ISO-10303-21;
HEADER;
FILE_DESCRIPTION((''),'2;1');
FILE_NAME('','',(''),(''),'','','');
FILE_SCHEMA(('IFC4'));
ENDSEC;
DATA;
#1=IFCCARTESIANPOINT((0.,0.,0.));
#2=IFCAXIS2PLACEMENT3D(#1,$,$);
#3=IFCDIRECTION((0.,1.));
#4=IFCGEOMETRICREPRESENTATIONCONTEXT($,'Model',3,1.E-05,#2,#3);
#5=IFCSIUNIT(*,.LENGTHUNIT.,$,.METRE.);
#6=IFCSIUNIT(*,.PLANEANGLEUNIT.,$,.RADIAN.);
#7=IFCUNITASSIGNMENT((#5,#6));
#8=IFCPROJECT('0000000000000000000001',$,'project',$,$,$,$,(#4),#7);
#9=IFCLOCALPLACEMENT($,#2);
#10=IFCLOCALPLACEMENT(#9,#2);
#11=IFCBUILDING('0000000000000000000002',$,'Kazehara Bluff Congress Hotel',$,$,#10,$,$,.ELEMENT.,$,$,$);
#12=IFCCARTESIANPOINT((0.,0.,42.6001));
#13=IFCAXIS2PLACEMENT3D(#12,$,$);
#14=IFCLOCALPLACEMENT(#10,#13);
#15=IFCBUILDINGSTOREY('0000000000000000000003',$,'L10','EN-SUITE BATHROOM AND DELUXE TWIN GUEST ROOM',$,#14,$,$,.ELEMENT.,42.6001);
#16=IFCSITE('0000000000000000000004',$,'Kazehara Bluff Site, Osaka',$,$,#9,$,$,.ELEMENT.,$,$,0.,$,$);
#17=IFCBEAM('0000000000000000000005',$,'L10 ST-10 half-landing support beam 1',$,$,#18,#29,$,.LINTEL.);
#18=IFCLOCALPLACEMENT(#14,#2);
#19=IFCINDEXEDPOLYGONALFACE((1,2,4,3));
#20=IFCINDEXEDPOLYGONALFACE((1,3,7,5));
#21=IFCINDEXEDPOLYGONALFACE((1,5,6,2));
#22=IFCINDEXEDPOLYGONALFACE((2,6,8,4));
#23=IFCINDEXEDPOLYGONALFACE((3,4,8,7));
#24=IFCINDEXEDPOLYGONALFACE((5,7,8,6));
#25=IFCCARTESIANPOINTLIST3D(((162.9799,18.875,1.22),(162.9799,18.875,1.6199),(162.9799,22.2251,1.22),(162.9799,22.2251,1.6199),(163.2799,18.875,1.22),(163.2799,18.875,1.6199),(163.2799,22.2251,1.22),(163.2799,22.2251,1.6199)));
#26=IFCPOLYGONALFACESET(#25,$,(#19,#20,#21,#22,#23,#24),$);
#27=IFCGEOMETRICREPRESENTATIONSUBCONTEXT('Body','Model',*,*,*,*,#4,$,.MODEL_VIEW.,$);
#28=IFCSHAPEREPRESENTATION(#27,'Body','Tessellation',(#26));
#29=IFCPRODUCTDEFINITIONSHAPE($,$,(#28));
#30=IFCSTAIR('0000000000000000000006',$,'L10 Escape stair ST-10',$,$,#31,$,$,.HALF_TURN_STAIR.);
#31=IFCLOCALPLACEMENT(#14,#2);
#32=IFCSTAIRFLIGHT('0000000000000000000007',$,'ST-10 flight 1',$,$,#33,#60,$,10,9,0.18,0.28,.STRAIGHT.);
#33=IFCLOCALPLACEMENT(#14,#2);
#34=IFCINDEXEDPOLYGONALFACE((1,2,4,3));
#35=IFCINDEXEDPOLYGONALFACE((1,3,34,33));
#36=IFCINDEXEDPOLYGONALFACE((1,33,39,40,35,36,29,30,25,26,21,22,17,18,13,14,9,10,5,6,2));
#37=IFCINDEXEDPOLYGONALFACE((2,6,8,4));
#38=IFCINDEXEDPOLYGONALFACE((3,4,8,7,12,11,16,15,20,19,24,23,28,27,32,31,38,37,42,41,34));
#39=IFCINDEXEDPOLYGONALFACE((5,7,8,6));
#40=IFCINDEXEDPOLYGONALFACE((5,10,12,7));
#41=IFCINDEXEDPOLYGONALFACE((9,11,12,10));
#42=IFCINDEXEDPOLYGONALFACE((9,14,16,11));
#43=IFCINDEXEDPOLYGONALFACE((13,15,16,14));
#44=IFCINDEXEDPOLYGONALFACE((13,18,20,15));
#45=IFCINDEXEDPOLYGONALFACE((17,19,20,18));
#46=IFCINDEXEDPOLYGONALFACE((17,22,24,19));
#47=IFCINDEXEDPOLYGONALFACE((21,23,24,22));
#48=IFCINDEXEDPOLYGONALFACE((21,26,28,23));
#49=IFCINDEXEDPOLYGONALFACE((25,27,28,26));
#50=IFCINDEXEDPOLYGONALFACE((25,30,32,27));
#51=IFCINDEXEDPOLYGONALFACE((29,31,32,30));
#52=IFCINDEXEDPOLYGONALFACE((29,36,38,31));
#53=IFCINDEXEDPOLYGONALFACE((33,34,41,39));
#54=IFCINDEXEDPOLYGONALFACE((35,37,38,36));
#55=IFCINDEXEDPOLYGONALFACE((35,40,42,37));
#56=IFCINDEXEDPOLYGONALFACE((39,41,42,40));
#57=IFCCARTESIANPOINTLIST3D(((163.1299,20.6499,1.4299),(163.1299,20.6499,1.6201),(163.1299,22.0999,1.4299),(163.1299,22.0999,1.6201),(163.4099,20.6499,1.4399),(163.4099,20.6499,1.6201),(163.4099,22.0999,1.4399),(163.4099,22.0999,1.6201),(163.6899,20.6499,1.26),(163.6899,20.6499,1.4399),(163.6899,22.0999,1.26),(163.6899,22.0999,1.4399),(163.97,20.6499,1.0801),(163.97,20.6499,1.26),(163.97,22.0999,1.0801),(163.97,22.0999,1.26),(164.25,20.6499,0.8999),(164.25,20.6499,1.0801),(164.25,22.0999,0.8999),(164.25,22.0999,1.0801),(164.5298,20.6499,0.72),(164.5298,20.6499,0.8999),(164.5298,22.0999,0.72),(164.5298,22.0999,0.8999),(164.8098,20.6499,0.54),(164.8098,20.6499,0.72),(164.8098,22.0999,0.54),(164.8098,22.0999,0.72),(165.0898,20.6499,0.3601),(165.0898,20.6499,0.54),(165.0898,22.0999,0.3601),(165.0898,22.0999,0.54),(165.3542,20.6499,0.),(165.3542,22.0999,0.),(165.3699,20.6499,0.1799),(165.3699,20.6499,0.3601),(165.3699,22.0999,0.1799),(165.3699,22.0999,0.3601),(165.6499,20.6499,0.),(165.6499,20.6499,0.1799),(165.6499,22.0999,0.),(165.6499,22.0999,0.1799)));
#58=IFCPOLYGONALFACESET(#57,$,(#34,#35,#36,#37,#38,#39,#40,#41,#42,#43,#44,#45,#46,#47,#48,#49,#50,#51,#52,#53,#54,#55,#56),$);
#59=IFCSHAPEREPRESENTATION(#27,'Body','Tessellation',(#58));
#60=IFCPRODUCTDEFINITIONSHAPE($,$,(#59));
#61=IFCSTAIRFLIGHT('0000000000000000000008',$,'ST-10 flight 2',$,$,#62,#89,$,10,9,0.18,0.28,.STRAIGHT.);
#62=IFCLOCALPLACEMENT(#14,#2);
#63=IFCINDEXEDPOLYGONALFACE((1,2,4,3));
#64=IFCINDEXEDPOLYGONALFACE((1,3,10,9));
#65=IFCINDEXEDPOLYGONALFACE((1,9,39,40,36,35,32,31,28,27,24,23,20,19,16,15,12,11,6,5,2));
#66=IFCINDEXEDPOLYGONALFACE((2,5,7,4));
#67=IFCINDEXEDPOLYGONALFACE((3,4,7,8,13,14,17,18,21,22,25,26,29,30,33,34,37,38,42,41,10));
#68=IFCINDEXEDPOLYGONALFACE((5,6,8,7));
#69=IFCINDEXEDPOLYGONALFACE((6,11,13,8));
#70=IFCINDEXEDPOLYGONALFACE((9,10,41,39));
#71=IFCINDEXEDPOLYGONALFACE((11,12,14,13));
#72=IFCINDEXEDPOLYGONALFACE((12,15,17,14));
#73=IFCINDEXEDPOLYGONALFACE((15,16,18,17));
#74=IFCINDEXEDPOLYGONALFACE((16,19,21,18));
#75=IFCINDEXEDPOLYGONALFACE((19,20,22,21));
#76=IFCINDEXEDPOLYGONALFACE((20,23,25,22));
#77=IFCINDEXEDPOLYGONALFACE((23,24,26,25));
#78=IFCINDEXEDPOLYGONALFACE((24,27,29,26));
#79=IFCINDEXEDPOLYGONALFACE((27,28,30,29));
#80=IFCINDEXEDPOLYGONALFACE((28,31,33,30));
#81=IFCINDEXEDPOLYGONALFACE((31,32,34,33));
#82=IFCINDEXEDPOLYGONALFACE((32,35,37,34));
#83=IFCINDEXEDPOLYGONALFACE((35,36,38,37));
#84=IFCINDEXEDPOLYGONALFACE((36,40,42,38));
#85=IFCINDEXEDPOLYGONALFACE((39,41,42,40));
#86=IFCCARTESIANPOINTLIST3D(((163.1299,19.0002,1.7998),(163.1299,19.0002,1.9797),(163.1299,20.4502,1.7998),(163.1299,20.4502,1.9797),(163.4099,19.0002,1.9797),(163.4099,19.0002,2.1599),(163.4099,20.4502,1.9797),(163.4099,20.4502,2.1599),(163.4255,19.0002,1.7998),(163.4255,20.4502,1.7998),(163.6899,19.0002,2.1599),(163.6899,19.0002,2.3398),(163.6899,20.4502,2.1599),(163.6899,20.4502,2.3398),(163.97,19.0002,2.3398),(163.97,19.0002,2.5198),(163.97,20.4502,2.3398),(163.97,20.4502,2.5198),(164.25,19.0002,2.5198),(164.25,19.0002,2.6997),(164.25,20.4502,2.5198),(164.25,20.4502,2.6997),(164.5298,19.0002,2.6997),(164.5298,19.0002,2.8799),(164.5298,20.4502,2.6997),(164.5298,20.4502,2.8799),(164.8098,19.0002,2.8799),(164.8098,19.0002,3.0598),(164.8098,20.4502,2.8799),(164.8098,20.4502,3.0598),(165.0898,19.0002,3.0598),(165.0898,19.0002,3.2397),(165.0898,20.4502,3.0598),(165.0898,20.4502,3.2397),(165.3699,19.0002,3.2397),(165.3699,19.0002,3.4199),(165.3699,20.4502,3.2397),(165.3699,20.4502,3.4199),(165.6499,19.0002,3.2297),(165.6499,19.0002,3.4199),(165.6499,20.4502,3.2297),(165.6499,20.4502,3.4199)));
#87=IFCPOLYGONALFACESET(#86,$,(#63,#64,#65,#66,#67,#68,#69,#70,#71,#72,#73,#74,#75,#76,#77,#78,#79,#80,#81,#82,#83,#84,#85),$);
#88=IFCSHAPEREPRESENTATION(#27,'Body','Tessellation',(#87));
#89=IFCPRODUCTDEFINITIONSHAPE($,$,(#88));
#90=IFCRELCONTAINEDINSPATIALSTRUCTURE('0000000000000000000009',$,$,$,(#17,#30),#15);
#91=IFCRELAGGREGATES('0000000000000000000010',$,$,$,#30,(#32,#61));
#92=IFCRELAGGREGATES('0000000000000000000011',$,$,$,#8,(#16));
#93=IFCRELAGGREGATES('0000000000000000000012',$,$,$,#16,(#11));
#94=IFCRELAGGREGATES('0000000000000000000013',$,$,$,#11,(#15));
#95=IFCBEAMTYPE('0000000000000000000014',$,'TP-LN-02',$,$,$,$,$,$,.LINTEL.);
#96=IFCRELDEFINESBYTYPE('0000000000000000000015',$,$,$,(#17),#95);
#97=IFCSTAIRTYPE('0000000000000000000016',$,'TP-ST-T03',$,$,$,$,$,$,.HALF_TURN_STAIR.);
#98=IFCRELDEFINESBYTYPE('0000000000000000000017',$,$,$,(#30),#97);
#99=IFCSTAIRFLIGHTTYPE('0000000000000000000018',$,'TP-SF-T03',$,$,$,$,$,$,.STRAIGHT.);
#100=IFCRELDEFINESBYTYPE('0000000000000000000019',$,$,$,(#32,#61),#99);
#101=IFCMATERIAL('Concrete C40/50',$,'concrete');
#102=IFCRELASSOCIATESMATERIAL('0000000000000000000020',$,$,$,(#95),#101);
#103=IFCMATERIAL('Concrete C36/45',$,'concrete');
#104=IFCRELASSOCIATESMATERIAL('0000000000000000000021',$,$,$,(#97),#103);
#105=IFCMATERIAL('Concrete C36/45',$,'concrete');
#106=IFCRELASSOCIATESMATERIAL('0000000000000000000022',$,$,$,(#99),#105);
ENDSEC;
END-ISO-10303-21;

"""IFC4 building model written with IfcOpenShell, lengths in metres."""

from ifc_helpers import new_model, si_unit, direction, frame, origin, origin_2d, place, context, subcontext, project, spatial, polyline, rectangle, outline, extrude, material, material_profile, profile_set, type_object, element, aggregate, save


model = new_model("IFC4")

# Units and contexts
model_context = context("Model", 3, precision=1e-05, world=origin(), true_north=direction((0.0, 1.0)))
body_context = subcontext(model_context, "Body", "Model", "MODEL_VIEW")
ifc_project = project(units=[si_unit("LENGTHUNIT", "METRE"), si_unit("PLANEANGLEUNIT", "RADIAN")], contexts=[model_context])

# Site, building, storey
site_placement = place(None, origin())
site = spatial("IfcSite", under=ifc_project, at=site_placement, Name="Kazehara Bluff Site, Osaka", CompositionType="ELEMENT", RefElevation=0.0)
building_placement = place(site_placement, origin())
building = spatial("IfcBuilding", under=site, at=building_placement, Name="Kazehara Bluff Congress Hotel", CompositionType="ELEMENT")
storey_placement = place(building_placement, frame((0.0, 0.0, 42.6001)))
storey = spatial("IfcBuildingStorey", under=building, at=storey_placement, Name="L10", Description="EN-SUITE BATHROOM AND DELUXE TWIN GUEST ROOM", CompositionType="ELEMENT", Elevation=42.6001)

# Beam
ifc_material_1 = material(Name="Concrete C40/50", Category="concrete")
ifc_material_profile = material_profile(ifc_material_1, rectangle(XDim=0.3, YDim=0.3999, at=origin_2d()))
ifc_profile_set = profile_set([ifc_material_profile], Name="Concrete C40/50")
beam_type = type_object("IfcBeamType", Name="TP-LN-02", PredefinedType="LINTEL", material=ifc_profile_set)
beam_placement = place(storey_placement, frame((163.1299, 22.2251, 1.4199), z_axis=(0.0, -1.0, 0.0), x_axis=(1.0, 0.0, 0.0)))
element("IfcBeam", 1, at=beam_placement, inside=storey, type_object=beam_type, Name="L10 ST-10 half-landing support beam 1", PredefinedType="LINTEL", context=body_context, shape_type="SweptSolid", body=[
    extrude(rectangle(XDim=0.3, YDim=0.3999, at=origin_2d()), origin(), (0.0, 0.0, 1.0), 3.3501),
])

# Stair, stair flights
ifc_material_2 = material(Name="Concrete C36/45", Category="concrete")
stair_type = type_object("IfcStairType", Name="TP-ST-T03", PredefinedType="HALF_TURN_STAIR", material=ifc_material_2)
stair_placement = place(storey_placement, origin())
stair = element("IfcStair", 2, at=stair_placement, inside=storey, type_object=stair_type, Name="L10 Escape stair ST-10", PredefinedType="HALF_TURN_STAIR")
ifc_material_3 = material(Name="Concrete C36/45", Category="concrete")
stair_flight_type = type_object("IfcStairFlightType", Name="TP-SF-T03", PredefinedType="STRAIGHT", material=ifc_material_3)
stair_flight_1_placement = place(storey_placement, frame((165.6499, 21.375, 0.0), z_axis=(0.0, 0.0, 1.0), x_axis=(-1.0, 0.0, 0.0)))
stair_flight_1 = element("IfcStairFlight", 3, at=stair_flight_1_placement, type_object=stair_flight_type, Name="ST-10 flight 1", NumberOfRisers=10, NumberOfTreads=9, PredefinedType="STRAIGHT", RiserHeight=0.18, TreadLength=0.28, context=body_context, shape_type="SweptSolid", body=[
    extrude(outline(polyline([(0.0, 0.0), (0.0, 0.1799), (0.28, 0.1799), (0.28, 0.3601), (0.5601, 0.3601), (0.5601, 0.54), (0.8401, 0.54), (0.8401, 0.72), (1.1201, 0.72), (1.1201, 0.8999), (1.3999, 0.8999), (1.3999, 1.0801), (1.6799, 1.0801), (1.6799, 1.26), (1.96, 1.26), (1.96, 1.4399), (2.24, 1.4399), (2.24, 1.6201), (2.52, 1.6201), (2.52, 1.8), (2.52, 1.4299), (0.2957, 0.0), (0.0, 0.0)])), frame((0.0, 0.7251, 0.0), z_axis=(0.0, -1.0, 0.0), x_axis=(1.0, 0.0, 0.0)), (0.0, 0.0, 1.0), 1.45),
])
stair_flight_2_placement = place(storey_placement, frame((163.1299, 19.7251, 1.7998), z_axis=(0.0, 0.0, 1.0), x_axis=(1.0, 0.0, 0.0)))
stair_flight_2 = element("IfcStairFlight", 4, at=stair_flight_2_placement, type_object=stair_flight_type, Name="ST-10 flight 2", NumberOfRisers=10, NumberOfTreads=9, PredefinedType="STRAIGHT", RiserHeight=0.18, TreadLength=0.28, context=body_context, shape_type="SweptSolid", body=[
    extrude(outline(polyline([(0.0, 0.0), (0.0, 0.1799), (0.28, 0.1799), (0.28, 0.3601), (0.5601, 0.3601), (0.5601, 0.54), (0.8401, 0.54), (0.8401, 0.72), (1.1201, 0.72), (1.1201, 0.8999), (1.3999, 0.8999), (1.3999, 1.0801), (1.6799, 1.0801), (1.6799, 1.26), (1.96, 1.26), (1.96, 1.4399), (2.24, 1.4399), (2.24, 1.6201), (2.52, 1.6201), (2.52, 1.8), (2.52, 1.4299), (0.2957, 0.0), (0.0, 0.0)])), frame((0.0, 0.7251, 0.0), z_axis=(0.0, -1.0, 0.0), x_axis=(1.0, 0.0, 0.0)), (0.0, 0.0, 1.0), 1.45),
])
aggregate(stair, [stair_flight_1, stair_flight_2])

save(model, "model.ifc")
